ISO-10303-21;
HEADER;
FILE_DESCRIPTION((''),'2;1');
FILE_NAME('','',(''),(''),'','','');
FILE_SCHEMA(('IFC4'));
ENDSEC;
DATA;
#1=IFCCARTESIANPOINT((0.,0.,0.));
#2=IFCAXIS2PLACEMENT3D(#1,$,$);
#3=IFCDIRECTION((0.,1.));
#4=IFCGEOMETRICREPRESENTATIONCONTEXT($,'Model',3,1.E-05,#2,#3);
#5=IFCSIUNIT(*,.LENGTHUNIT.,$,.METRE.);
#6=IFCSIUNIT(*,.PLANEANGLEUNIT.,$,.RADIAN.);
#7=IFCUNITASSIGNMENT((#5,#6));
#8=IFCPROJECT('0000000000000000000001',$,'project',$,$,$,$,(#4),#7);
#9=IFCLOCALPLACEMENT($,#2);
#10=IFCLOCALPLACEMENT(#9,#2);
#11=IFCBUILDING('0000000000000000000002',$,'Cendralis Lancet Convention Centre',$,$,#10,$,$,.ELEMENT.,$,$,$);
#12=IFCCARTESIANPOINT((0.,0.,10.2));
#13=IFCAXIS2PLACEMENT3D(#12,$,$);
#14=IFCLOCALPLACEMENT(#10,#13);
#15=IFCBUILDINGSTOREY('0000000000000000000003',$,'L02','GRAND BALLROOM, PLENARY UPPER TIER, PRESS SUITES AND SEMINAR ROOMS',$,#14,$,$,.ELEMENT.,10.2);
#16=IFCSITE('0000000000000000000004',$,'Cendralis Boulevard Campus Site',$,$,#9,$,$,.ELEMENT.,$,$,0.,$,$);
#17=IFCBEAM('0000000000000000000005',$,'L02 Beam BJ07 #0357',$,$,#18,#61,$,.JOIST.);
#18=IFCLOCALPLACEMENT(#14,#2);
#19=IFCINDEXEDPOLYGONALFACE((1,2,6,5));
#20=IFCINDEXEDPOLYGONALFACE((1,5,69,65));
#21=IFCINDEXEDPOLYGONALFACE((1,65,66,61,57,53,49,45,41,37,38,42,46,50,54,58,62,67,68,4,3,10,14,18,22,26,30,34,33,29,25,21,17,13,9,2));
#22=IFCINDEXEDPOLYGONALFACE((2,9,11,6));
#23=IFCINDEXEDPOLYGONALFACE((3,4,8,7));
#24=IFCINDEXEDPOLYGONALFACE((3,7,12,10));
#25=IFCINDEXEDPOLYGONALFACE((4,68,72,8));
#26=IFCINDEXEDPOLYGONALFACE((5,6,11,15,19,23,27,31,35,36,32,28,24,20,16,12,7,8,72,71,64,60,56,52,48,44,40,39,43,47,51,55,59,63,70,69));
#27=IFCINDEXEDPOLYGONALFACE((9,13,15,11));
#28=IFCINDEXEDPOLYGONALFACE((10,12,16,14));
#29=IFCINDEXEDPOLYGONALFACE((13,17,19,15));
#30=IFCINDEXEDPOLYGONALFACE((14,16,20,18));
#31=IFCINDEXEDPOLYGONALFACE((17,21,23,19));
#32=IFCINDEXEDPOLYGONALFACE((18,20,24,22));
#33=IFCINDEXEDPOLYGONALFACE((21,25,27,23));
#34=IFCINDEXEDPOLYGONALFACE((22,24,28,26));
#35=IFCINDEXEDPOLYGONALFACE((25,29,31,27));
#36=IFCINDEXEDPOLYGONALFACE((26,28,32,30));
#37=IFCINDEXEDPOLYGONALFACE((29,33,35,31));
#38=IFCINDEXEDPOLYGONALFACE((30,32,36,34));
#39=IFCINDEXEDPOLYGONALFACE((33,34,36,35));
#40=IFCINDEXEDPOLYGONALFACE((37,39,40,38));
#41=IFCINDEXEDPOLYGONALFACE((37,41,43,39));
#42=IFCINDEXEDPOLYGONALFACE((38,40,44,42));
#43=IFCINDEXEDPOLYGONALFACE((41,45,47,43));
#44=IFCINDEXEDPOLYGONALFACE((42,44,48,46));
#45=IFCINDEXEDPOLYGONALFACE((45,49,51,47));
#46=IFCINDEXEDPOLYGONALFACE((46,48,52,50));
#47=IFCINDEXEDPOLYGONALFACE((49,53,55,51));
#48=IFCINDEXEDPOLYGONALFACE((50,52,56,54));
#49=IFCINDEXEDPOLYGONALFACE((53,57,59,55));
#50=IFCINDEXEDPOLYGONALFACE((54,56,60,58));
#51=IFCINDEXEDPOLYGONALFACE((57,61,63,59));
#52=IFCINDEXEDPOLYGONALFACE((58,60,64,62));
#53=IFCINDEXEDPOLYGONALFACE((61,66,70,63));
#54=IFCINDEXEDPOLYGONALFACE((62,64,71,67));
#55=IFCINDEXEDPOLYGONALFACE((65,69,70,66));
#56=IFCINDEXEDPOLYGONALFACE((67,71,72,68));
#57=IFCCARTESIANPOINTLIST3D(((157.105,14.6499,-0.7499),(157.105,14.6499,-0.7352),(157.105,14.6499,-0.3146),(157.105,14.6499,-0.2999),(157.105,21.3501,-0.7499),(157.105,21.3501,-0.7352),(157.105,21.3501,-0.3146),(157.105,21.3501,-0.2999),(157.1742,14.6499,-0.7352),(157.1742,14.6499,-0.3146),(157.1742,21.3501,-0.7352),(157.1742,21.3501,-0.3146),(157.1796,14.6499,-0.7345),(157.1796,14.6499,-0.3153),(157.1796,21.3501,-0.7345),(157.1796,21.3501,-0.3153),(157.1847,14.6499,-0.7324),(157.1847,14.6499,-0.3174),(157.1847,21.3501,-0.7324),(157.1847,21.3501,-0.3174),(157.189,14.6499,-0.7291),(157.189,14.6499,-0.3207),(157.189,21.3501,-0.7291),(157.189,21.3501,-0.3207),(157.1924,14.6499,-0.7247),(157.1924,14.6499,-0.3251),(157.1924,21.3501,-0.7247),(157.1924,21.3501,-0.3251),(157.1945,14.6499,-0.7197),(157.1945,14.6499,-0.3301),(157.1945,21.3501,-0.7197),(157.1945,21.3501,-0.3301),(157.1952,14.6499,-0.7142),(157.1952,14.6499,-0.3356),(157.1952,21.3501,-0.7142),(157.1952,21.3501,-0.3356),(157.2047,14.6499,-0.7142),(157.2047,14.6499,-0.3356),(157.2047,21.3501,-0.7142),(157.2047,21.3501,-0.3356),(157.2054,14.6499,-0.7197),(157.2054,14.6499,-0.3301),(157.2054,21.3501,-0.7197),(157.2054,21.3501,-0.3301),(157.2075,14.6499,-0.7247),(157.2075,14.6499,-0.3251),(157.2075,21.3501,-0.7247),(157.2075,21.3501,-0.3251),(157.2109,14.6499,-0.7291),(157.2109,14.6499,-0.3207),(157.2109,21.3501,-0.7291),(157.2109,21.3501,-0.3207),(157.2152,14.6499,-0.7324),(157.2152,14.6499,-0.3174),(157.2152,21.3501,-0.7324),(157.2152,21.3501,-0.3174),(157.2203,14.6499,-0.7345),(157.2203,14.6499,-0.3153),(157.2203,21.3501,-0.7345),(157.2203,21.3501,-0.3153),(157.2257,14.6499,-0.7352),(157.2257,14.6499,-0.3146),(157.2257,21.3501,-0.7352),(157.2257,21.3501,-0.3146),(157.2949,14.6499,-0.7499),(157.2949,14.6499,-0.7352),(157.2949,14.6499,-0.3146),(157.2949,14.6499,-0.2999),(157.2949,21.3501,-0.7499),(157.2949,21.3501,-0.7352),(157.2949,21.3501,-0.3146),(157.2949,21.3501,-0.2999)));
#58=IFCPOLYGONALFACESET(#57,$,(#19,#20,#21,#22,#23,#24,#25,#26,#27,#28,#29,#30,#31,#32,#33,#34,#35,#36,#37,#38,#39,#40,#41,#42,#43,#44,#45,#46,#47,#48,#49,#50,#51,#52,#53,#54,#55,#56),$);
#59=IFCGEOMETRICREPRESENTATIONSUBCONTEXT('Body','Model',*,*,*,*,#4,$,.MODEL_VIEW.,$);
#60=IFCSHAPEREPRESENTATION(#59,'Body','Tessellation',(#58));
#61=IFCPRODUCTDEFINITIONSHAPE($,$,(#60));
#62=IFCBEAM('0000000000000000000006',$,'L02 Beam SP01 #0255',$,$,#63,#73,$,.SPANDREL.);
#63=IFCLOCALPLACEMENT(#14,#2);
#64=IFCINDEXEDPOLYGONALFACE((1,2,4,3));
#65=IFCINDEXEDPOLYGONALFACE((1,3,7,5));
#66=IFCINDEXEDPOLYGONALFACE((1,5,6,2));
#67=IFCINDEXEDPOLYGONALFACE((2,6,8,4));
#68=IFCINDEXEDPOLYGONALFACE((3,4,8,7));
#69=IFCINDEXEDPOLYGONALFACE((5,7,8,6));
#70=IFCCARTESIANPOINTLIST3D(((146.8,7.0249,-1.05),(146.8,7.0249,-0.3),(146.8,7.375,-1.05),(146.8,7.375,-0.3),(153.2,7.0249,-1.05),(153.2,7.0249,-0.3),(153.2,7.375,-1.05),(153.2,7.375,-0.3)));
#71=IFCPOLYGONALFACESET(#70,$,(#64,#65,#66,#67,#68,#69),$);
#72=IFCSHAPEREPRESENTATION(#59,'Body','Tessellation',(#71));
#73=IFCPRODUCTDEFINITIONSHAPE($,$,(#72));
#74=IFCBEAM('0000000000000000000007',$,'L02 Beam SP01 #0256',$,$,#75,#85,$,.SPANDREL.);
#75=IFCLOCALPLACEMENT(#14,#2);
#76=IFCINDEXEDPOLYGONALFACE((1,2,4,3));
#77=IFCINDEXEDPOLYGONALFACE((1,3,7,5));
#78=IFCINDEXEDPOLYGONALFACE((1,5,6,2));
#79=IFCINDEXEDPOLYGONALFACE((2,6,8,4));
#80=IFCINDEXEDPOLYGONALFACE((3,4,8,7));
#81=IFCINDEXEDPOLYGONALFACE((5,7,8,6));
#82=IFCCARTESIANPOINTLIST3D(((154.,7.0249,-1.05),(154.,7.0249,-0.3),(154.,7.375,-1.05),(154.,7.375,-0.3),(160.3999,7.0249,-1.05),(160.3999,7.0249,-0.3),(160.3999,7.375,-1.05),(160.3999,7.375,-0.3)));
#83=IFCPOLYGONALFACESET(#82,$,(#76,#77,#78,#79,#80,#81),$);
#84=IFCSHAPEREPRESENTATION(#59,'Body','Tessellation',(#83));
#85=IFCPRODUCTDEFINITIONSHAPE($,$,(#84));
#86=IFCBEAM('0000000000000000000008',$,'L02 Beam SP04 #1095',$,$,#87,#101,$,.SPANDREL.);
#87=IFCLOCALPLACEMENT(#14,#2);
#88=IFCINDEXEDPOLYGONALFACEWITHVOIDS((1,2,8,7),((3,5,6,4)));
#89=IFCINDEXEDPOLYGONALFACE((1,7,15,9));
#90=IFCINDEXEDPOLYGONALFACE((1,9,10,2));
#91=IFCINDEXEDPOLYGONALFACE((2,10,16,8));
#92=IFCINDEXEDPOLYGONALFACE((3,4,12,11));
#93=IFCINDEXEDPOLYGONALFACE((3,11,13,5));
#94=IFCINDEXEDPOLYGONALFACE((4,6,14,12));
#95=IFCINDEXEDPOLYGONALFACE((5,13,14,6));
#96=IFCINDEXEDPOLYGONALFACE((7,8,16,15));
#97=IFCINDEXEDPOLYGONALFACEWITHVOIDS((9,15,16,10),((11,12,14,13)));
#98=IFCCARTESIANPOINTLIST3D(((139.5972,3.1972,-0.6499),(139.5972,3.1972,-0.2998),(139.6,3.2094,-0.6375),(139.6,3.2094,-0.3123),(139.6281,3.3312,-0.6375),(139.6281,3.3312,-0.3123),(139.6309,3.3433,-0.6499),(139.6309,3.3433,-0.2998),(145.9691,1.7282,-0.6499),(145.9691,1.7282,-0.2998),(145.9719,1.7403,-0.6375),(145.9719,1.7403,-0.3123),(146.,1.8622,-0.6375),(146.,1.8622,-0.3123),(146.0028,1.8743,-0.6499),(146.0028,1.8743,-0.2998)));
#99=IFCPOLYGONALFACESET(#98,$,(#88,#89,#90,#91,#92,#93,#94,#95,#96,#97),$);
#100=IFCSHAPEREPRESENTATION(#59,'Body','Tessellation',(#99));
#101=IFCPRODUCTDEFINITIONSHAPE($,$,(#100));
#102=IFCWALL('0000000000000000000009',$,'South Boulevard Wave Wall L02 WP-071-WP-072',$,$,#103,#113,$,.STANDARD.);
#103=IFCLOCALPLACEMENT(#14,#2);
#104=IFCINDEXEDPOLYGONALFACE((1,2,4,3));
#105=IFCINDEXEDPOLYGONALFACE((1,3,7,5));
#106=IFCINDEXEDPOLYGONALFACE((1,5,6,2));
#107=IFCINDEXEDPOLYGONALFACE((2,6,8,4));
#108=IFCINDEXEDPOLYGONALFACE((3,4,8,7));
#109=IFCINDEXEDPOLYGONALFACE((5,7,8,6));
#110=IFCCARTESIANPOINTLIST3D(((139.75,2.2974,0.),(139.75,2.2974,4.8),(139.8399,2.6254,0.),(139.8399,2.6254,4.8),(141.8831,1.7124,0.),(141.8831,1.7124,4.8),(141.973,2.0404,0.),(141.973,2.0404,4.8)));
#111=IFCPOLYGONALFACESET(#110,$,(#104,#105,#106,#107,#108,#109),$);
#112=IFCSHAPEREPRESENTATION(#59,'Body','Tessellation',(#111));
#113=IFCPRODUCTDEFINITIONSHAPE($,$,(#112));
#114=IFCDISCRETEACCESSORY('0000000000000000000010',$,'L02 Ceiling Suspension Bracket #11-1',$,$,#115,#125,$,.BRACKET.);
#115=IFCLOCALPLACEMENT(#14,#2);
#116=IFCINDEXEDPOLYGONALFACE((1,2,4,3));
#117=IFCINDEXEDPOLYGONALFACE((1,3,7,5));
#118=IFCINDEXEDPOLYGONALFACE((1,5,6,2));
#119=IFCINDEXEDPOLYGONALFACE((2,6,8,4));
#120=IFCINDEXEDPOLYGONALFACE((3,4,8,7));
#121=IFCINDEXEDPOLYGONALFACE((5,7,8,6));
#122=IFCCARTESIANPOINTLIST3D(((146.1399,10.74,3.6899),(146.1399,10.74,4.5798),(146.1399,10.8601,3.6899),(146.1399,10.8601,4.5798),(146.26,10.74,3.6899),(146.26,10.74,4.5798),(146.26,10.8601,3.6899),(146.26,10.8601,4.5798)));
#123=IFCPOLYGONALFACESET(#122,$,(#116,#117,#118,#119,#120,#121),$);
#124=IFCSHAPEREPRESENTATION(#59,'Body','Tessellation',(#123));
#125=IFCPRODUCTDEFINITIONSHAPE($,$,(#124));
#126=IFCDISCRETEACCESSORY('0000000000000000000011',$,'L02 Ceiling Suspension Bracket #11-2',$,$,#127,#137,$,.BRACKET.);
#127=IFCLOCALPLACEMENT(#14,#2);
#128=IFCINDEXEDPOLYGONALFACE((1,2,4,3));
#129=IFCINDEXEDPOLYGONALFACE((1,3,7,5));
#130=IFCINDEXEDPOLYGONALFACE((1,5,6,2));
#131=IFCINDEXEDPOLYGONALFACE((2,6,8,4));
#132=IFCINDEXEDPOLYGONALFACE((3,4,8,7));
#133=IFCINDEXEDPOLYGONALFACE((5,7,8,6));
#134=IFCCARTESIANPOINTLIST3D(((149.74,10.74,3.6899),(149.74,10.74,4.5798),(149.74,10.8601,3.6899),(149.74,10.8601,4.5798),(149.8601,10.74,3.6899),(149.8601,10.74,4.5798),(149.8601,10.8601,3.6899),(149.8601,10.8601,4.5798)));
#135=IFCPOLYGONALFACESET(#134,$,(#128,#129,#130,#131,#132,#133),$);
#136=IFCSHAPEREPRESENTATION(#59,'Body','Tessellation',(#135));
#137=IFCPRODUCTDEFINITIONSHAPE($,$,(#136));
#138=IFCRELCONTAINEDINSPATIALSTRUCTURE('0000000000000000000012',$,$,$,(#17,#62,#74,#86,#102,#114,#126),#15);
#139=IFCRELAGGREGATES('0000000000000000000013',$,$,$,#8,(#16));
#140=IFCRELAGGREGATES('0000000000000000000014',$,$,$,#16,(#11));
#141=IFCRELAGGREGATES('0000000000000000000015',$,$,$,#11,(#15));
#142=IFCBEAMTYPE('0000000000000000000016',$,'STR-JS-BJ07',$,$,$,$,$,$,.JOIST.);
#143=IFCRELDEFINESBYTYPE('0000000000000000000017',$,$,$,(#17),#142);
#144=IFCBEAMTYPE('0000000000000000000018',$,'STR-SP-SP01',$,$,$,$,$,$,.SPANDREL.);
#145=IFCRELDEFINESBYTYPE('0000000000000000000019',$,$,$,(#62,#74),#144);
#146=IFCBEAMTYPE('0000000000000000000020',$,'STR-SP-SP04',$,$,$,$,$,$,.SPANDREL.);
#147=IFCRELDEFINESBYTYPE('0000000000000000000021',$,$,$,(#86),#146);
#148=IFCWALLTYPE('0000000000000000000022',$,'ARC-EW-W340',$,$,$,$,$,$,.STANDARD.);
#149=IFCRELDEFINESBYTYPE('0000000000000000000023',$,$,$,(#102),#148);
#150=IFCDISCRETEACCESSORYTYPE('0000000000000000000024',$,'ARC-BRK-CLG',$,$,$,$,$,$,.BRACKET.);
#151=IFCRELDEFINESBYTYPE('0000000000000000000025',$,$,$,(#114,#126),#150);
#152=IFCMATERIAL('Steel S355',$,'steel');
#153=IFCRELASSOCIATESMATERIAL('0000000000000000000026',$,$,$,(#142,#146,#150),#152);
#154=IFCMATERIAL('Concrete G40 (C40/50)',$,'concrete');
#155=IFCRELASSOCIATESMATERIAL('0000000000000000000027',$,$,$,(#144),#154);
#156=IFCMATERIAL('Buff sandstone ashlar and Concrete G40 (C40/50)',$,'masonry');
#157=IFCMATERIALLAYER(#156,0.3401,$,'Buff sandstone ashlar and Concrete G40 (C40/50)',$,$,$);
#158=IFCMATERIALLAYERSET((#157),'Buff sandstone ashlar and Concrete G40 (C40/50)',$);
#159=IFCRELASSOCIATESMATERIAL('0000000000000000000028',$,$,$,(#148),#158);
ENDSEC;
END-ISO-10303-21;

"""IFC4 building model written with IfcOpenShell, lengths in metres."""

from ifc_helpers import new_model, si_unit, direction, frame, frame_2d, origin, origin_2d, place, context, subcontext, project, spatial, rectangle, hollow_rectangle, i_section, extrude, material, layer, layer_set, material_profile, profile_set, type_object, element, save


model = new_model("IFC4")

# Units and contexts
model_context = context("Model", 3, precision=1e-05, world=origin(), true_north=direction((0.0, 1.0)))
body_context = subcontext(model_context, "Body", "Model", "MODEL_VIEW")
ifc_project = project(units=[si_unit("LENGTHUNIT", "METRE"), si_unit("PLANEANGLEUNIT", "RADIAN")], contexts=[model_context])

# Site, building, storey
site_placement = place(None, origin())
site = spatial("IfcSite", under=ifc_project, at=site_placement, Name="Cendralis Boulevard Campus Site", CompositionType="ELEMENT", RefElevation=0.0)
building_placement = place(site_placement, origin())
building = spatial("IfcBuilding", under=site, at=building_placement, Name="Cendralis Lancet Convention Centre", CompositionType="ELEMENT")
storey_placement = place(building_placement, frame((0.0, 0.0, 10.2)))
storey = spatial("IfcBuildingStorey", under=building, at=storey_placement, Name="L02", Description="GRAND BALLROOM, PLENARY UPPER TIER, PRESS SUITES AND SEMINAR ROOMS", CompositionType="ELEMENT", Elevation=10.2)

# Shared definitions
ifc_material_1 = material(Name="Concrete G40 (C40/50)", Category="concrete")

# Beams
ifc_material_2 = material(Name="Steel S355", Category="steel")
ifc_material_profile_1 = material_profile(ifc_material_2, i_section(OverallWidth=0.1899, OverallDepth=0.45, WebThickness=0.0095, FlangeThickness=0.0146, FilletRadius=0.021, at=origin_2d()), Name="IPE 450")
ifc_profile_set_1 = profile_set([ifc_material_profile_1], Name="Steel S355")
beam_type_1 = type_object("IfcBeamType", Name="STR-JS-BJ07", PredefinedType="JOIST", material=ifc_profile_set_1)
beam_1_placement = place(storey_placement, frame((157.2, 14.6499, -0.5249), z_axis=(0.0, 1.0, 0.0), x_axis=(-1.0, 0.0, 0.0)))
element("IfcBeam", 1, at=beam_1_placement, inside=storey, type_object=beam_type_1, Name="L02 Beam BJ07 #0357", PredefinedType="JOIST", context=body_context, shape_type="SweptSolid", body=[
    extrude(i_section(OverallWidth=0.1899, OverallDepth=0.45, WebThickness=0.0095, FlangeThickness=0.0146, FilletRadius=0.021, at=origin_2d()), origin(), (0.0, 0.0, 1.0), 6.7002),
])
ifc_material_profile_2 = material_profile(ifc_material_1, rectangle(XDim=0.3501, YDim=0.75, at=origin_2d()), Name="RCB 350x750")
ifc_profile_set_2 = profile_set([ifc_material_profile_2], Name="Concrete G40 (C40/50)")
beam_type_2 = type_object("IfcBeamType", Name="STR-SP-SP01", PredefinedType="SPANDREL", material=ifc_profile_set_2)
for number, where, z_axis, x_axis, name in (
    (2, (146.8, 7.2, -0.675), (1.0, 0.0, 0.0), (0.0, 1.0, 0.0), "L02 Beam SP01 #0255"),
    (3, (154.0, 7.2, -0.675), (1.0, 0.0, 0.0), (0.0, 1.0, 0.0), "L02 Beam SP01 #0256"),
):
    element("IfcBeam", number, at=place(storey_placement, frame(where, z_axis=z_axis, x_axis=x_axis)), inside=storey, type_object=beam_type_2, Name=name, PredefinedType="SPANDREL", context=body_context, shape_type="SweptSolid", body=[
        extrude(rectangle(XDim=0.3501, YDim=0.75, at=origin_2d()), origin(), (0.0, 0.0, 1.0), 6.3999),
    ])
ifc_material_profile_3 = material_profile(ifc_material_2, hollow_rectangle(XDim=0.1499, YDim=0.3501, WallThickness=0.0125, at=origin_2d()), Name="RHS 350x150x12.5")
ifc_profile_set_3 = profile_set([ifc_material_profile_3], Name="Steel S355")
beam_type_3 = type_object("IfcBeamType", Name="STR-SP-SP04", PredefinedType="SPANDREL", material=ifc_profile_set_3)
beam_2_placement = place(storey_placement, frame((139.614, 3.2703, -0.4749), z_axis=(0.974439, -0.224652, 0.0), x_axis=(0.224652, 0.974439, 0.0)))
element("IfcBeam", 4, at=beam_2_placement, inside=storey, type_object=beam_type_3, Name="L02 Beam SP04 #1095", PredefinedType="SPANDREL", context=body_context, shape_type="SweptSolid", body=[
    extrude(hollow_rectangle(XDim=0.1499, YDim=0.3501, WallThickness=0.0125, at=origin_2d()), origin(), (0.0, 0.0, 1.0), 6.5391),
])

# Wall
ifc_material_3 = material(Name="Buff sandstone ashlar and Concrete G40 (C40/50)", Category="masonry")
ifc_layer = layer(ifc_material_3, 0.3401, Name="Buff sandstone ashlar and Concrete G40 (C40/50)")
ifc_layer_set = layer_set([ifc_layer], Name="Buff sandstone ashlar and Concrete G40 (C40/50)")
wall_type = type_object("IfcWallType", Name="ARC-EW-W340", PredefinedType="STANDARD", material=ifc_layer_set)
wall_placement = place(storey_placement, frame((139.7949, 2.4614, 0.0), z_axis=(0.0, 0.0, 1.0), x_axis=(0.964394, -0.264471, 0.0)))
element("IfcWall", 5, at=wall_placement, inside=storey, type_object=wall_type, Name="South Boulevard Wave Wall L02 WP-071-WP-072", PredefinedType="STANDARD", context=body_context, shape_type="SweptSolid", body=[
    extrude(rectangle(XDim=2.2119, YDim=0.3401, at=frame_2d((1.106, 0.0))), origin(), (0.0, 0.0, 1.0), 4.8),
])

# Discrete accessories
discrete_accessory_type = type_object("IfcDiscreteAccessoryType", Name="ARC-BRK-CLG", PredefinedType="BRACKET", material=ifc_material_2)
for number, where, z_axis, x_axis, name in (
    (6, (146.2, 10.8, 3.6899), (0.0, 0.0, 1.0), (1.0, 0.0, 0.0), "L02 Ceiling Suspension Bracket #11-1"),
    (7, (149.8, 10.8, 3.6899), (0.0, 0.0, 1.0), (1.0, 0.0, 0.0), "L02 Ceiling Suspension Bracket #11-2"),
):
    element("IfcDiscreteAccessory", number, at=place(storey_placement, frame(where, z_axis=z_axis, x_axis=x_axis)), inside=storey, type_object=discrete_accessory_type, Name=name, PredefinedType="BRACKET", context=body_context, shape_type="SweptSolid", body=[
        extrude(rectangle(XDim=0.1201, YDim=0.1201, at=origin_2d()), origin(), (0.0, 0.0, 1.0), 0.8899),
    ])

save(model, "model.ifc")
